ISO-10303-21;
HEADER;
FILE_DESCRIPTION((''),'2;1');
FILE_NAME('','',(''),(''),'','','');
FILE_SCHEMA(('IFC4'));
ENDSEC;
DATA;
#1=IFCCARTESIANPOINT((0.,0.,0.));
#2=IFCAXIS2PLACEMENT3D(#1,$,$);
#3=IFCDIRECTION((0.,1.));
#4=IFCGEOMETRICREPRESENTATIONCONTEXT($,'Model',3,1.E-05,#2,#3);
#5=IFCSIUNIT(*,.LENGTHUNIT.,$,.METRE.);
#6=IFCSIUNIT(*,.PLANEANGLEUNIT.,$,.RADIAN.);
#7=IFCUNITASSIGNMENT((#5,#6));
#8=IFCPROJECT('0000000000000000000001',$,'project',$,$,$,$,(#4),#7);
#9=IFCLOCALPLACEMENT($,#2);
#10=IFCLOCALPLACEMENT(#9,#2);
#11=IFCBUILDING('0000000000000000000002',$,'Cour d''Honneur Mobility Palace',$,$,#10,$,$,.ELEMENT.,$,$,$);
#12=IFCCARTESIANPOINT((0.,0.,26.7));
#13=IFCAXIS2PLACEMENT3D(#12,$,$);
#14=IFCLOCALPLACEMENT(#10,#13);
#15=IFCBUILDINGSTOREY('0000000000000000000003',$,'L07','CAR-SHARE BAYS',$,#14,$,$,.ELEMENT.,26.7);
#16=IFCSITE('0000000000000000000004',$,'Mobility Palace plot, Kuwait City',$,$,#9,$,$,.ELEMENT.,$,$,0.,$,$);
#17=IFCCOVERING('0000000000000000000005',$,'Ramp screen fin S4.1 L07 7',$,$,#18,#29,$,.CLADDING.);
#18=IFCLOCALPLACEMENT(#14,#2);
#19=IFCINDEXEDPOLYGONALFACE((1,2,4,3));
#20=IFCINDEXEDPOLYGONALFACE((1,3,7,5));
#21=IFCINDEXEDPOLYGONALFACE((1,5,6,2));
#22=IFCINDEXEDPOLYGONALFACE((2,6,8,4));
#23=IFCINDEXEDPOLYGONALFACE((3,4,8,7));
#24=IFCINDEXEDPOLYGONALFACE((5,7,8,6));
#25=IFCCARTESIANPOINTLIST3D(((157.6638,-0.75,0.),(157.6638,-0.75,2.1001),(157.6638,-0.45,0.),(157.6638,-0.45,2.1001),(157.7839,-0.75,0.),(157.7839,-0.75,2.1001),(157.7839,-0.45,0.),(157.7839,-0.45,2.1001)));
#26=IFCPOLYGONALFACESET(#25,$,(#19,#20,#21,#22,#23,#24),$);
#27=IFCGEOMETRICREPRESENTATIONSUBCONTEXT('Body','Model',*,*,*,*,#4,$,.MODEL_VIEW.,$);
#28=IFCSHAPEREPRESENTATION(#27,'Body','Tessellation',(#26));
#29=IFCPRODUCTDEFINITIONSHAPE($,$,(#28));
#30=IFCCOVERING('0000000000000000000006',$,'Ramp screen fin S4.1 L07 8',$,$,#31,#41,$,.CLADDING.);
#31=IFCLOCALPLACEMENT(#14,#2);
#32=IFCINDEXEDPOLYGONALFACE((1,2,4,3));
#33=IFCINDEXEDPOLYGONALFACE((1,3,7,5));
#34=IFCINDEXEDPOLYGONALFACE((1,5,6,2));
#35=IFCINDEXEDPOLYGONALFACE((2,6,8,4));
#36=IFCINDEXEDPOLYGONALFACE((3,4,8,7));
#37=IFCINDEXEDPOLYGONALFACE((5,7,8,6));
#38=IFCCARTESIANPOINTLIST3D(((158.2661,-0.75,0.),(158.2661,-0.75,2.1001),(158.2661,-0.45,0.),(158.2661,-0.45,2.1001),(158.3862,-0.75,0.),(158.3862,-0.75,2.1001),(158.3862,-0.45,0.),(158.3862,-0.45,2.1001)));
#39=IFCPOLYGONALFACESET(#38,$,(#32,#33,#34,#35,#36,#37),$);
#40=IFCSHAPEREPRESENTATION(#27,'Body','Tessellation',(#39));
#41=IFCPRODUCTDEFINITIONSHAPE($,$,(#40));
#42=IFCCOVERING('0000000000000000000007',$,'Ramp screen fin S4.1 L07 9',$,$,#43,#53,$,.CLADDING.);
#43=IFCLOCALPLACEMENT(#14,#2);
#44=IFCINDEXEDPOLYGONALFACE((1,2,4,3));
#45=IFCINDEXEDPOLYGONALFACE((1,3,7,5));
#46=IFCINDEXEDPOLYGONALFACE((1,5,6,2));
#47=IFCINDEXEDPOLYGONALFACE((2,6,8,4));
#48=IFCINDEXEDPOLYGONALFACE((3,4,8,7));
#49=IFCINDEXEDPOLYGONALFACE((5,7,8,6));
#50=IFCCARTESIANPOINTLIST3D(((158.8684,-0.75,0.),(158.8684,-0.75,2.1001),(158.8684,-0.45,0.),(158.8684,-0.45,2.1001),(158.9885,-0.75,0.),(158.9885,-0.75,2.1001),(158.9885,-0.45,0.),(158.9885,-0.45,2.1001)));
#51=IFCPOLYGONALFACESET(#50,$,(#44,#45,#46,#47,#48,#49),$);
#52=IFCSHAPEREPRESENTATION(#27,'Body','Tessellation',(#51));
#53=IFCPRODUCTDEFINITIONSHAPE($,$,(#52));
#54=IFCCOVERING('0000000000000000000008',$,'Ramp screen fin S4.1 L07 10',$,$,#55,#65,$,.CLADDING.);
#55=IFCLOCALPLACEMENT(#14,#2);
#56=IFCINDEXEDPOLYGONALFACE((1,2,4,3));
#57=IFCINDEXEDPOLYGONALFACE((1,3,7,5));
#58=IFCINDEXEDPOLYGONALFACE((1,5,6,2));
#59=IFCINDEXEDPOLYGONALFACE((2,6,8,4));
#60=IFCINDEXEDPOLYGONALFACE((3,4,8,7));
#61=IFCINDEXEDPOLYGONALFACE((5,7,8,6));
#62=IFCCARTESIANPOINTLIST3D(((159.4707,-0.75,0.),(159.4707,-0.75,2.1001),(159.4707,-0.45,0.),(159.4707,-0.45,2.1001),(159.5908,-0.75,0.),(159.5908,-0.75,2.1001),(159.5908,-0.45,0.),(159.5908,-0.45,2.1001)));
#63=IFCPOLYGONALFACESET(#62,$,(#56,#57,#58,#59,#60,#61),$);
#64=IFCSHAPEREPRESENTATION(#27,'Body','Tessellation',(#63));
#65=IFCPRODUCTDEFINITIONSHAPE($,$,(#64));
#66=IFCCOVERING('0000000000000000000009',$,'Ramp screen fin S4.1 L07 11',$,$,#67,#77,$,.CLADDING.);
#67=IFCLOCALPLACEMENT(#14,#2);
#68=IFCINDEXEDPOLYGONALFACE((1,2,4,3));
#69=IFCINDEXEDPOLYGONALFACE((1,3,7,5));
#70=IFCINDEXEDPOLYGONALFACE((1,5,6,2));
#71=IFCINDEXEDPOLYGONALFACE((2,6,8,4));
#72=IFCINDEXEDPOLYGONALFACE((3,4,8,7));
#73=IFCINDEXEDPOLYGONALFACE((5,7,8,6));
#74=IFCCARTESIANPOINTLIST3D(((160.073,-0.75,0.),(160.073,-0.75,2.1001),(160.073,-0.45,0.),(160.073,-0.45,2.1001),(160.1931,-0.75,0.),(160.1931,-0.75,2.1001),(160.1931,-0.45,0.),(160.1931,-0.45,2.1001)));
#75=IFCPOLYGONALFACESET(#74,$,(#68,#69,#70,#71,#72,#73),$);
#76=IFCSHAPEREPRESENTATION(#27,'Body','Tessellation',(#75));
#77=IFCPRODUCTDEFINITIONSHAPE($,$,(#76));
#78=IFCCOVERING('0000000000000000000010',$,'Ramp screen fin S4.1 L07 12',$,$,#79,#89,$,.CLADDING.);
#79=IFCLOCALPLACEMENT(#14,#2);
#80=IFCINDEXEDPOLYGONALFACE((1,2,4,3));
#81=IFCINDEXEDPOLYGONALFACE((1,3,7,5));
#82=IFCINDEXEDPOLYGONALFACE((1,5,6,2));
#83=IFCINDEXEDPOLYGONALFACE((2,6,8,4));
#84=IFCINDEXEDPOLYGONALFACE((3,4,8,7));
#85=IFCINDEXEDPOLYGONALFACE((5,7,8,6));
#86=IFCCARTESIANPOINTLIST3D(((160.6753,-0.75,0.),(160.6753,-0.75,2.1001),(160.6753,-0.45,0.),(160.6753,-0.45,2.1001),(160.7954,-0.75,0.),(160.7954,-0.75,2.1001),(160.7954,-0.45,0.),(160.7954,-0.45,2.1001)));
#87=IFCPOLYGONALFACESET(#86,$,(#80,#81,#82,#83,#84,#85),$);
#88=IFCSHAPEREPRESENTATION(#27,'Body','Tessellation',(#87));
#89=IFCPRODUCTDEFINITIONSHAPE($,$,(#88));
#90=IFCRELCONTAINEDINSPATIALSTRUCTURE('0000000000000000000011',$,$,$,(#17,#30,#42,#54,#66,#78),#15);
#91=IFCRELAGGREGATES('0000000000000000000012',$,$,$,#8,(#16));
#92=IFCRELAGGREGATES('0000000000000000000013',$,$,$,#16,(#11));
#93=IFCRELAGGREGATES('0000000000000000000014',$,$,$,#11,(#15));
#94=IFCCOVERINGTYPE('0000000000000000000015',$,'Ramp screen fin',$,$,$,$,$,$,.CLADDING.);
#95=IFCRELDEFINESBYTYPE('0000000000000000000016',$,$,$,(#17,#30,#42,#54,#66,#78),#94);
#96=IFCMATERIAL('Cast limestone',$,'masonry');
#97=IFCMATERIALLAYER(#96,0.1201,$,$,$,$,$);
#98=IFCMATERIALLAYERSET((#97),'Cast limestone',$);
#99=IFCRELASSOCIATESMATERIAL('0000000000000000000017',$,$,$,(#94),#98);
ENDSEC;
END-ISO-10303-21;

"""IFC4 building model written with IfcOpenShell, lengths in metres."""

from ifc_helpers import new_model, si_unit, direction, frame, origin, place, context, subcontext, project, spatial, polyline, outline, extrude, material, layer, layer_set, type_object, element, save


model = new_model("IFC4")

# Units and contexts
model_context = context("Model", 3, precision=1e-05, world=origin(), true_north=direction((0.0, 1.0)))
body_context = subcontext(model_context, "Body", "Model", "MODEL_VIEW")
ifc_project = project(units=[si_unit("LENGTHUNIT", "METRE"), si_unit("PLANEANGLEUNIT", "RADIAN")], contexts=[model_context])

# Site, building, storey
site_placement = place(None, origin())
site = spatial("IfcSite", under=ifc_project, at=site_placement, Name="Mobility Palace plot, Kuwait City", CompositionType="ELEMENT", RefElevation=0.0)
building_placement = place(site_placement, origin())
building = spatial("IfcBuilding", under=site, at=building_placement, Name="Cour d'Honneur Mobility Palace", CompositionType="ELEMENT")
storey_placement = place(building_placement, frame((0.0, 0.0, 26.7)))
storey = spatial("IfcBuildingStorey", under=building, at=storey_placement, Name="L07", Description="CAR-SHARE BAYS", CompositionType="ELEMENT", Elevation=26.7)

# Coverings
ifc_material_1 = material(Name="Cast limestone", Category="masonry")
ifc_layer_1 = layer(ifc_material_1, 0.1201)
ifc_layer_set_1 = layer_set([ifc_layer_1], Name="Cast limestone")
covering_type = type_object("IfcCoveringType", Name="Ramp screen fin", PredefinedType="CLADDING", material=ifc_layer_set_1)
covering_1_placement = place(storey_placement, origin())
element("IfcCovering", 1, at=covering_1_placement, inside=storey, type_object=covering_type, Name="Ramp screen fin S4.1 L07 7", PredefinedType="CLADDING", context=body_context, shape_type="SweptSolid", body=[
    extrude(outline(polyline([(157.6638, -0.45), (157.7839, -0.45), (157.7839, -0.75), (157.6638, -0.75), (157.6638, -0.45)])), origin(), (0.0, 0.0, 1.0), 2.1001),
])
covering_2_placement = place(storey_placement, origin())
element("IfcCovering", 2, at=covering_2_placement, inside=storey, type_object=covering_type, Name="Ramp screen fin S4.1 L07 8", PredefinedType="CLADDING", context=body_context, shape_type="SweptSolid", body=[
    extrude(outline(polyline([(158.2661, -0.45), (158.3862, -0.45), (158.3862, -0.75), (158.2661, -0.75), (158.2661, -0.45)])), origin(), (0.0, 0.0, 1.0), 2.1001),
])
covering_3_placement = place(storey_placement, origin())
element("IfcCovering", 3, at=covering_3_placement, inside=storey, type_object=covering_type, Name="Ramp screen fin S4.1 L07 9", PredefinedType="CLADDING", context=body_context, shape_type="SweptSolid", body=[
    extrude(outline(polyline([(158.8684, -0.45), (158.9885, -0.45), (158.9885, -0.75), (158.8684, -0.75), (158.8684, -0.45)])), origin(), (0.0, 0.0, 1.0), 2.1001),
])
covering_4_placement = place(storey_placement, origin())
element("IfcCovering", 4, at=covering_4_placement, inside=storey, type_object=covering_type, Name="Ramp screen fin S4.1 L07 10", PredefinedType="CLADDING", context=body_context, shape_type="SweptSolid", body=[
    extrude(outline(polyline([(159.4707, -0.45), (159.5908, -0.45), (159.5908, -0.75), (159.4707, -0.75), (159.4707, -0.45)])), origin(), (0.0, 0.0, 1.0), 2.1001),
])
covering_5_placement = place(storey_placement, origin())
element("IfcCovering", 5, at=covering_5_placement, inside=storey, type_object=covering_type, Name="Ramp screen fin S4.1 L07 11", PredefinedType="CLADDING", context=body_context, shape_type="SweptSolid", body=[
    extrude(outline(polyline([(160.073, -0.45), (160.1931, -0.45), (160.1931, -0.75), (160.073, -0.75), (160.073, -0.45)])), origin(), (0.0, 0.0, 1.0), 2.1001),
])
covering_6_placement = place(storey_placement, origin())
element("IfcCovering", 6, at=covering_6_placement, inside=storey, type_object=covering_type, Name="Ramp screen fin S4.1 L07 12", PredefinedType="CLADDING", context=body_context, shape_type="SweptSolid", body=[
    extrude(outline(polyline([(160.6753, -0.45), (160.7954, -0.45), (160.7954, -0.75), (160.6753, -0.75), (160.6753, -0.45)])), origin(), (0.0, 0.0, 1.0), 2.1001),
])

save(model, "model.ifc")
